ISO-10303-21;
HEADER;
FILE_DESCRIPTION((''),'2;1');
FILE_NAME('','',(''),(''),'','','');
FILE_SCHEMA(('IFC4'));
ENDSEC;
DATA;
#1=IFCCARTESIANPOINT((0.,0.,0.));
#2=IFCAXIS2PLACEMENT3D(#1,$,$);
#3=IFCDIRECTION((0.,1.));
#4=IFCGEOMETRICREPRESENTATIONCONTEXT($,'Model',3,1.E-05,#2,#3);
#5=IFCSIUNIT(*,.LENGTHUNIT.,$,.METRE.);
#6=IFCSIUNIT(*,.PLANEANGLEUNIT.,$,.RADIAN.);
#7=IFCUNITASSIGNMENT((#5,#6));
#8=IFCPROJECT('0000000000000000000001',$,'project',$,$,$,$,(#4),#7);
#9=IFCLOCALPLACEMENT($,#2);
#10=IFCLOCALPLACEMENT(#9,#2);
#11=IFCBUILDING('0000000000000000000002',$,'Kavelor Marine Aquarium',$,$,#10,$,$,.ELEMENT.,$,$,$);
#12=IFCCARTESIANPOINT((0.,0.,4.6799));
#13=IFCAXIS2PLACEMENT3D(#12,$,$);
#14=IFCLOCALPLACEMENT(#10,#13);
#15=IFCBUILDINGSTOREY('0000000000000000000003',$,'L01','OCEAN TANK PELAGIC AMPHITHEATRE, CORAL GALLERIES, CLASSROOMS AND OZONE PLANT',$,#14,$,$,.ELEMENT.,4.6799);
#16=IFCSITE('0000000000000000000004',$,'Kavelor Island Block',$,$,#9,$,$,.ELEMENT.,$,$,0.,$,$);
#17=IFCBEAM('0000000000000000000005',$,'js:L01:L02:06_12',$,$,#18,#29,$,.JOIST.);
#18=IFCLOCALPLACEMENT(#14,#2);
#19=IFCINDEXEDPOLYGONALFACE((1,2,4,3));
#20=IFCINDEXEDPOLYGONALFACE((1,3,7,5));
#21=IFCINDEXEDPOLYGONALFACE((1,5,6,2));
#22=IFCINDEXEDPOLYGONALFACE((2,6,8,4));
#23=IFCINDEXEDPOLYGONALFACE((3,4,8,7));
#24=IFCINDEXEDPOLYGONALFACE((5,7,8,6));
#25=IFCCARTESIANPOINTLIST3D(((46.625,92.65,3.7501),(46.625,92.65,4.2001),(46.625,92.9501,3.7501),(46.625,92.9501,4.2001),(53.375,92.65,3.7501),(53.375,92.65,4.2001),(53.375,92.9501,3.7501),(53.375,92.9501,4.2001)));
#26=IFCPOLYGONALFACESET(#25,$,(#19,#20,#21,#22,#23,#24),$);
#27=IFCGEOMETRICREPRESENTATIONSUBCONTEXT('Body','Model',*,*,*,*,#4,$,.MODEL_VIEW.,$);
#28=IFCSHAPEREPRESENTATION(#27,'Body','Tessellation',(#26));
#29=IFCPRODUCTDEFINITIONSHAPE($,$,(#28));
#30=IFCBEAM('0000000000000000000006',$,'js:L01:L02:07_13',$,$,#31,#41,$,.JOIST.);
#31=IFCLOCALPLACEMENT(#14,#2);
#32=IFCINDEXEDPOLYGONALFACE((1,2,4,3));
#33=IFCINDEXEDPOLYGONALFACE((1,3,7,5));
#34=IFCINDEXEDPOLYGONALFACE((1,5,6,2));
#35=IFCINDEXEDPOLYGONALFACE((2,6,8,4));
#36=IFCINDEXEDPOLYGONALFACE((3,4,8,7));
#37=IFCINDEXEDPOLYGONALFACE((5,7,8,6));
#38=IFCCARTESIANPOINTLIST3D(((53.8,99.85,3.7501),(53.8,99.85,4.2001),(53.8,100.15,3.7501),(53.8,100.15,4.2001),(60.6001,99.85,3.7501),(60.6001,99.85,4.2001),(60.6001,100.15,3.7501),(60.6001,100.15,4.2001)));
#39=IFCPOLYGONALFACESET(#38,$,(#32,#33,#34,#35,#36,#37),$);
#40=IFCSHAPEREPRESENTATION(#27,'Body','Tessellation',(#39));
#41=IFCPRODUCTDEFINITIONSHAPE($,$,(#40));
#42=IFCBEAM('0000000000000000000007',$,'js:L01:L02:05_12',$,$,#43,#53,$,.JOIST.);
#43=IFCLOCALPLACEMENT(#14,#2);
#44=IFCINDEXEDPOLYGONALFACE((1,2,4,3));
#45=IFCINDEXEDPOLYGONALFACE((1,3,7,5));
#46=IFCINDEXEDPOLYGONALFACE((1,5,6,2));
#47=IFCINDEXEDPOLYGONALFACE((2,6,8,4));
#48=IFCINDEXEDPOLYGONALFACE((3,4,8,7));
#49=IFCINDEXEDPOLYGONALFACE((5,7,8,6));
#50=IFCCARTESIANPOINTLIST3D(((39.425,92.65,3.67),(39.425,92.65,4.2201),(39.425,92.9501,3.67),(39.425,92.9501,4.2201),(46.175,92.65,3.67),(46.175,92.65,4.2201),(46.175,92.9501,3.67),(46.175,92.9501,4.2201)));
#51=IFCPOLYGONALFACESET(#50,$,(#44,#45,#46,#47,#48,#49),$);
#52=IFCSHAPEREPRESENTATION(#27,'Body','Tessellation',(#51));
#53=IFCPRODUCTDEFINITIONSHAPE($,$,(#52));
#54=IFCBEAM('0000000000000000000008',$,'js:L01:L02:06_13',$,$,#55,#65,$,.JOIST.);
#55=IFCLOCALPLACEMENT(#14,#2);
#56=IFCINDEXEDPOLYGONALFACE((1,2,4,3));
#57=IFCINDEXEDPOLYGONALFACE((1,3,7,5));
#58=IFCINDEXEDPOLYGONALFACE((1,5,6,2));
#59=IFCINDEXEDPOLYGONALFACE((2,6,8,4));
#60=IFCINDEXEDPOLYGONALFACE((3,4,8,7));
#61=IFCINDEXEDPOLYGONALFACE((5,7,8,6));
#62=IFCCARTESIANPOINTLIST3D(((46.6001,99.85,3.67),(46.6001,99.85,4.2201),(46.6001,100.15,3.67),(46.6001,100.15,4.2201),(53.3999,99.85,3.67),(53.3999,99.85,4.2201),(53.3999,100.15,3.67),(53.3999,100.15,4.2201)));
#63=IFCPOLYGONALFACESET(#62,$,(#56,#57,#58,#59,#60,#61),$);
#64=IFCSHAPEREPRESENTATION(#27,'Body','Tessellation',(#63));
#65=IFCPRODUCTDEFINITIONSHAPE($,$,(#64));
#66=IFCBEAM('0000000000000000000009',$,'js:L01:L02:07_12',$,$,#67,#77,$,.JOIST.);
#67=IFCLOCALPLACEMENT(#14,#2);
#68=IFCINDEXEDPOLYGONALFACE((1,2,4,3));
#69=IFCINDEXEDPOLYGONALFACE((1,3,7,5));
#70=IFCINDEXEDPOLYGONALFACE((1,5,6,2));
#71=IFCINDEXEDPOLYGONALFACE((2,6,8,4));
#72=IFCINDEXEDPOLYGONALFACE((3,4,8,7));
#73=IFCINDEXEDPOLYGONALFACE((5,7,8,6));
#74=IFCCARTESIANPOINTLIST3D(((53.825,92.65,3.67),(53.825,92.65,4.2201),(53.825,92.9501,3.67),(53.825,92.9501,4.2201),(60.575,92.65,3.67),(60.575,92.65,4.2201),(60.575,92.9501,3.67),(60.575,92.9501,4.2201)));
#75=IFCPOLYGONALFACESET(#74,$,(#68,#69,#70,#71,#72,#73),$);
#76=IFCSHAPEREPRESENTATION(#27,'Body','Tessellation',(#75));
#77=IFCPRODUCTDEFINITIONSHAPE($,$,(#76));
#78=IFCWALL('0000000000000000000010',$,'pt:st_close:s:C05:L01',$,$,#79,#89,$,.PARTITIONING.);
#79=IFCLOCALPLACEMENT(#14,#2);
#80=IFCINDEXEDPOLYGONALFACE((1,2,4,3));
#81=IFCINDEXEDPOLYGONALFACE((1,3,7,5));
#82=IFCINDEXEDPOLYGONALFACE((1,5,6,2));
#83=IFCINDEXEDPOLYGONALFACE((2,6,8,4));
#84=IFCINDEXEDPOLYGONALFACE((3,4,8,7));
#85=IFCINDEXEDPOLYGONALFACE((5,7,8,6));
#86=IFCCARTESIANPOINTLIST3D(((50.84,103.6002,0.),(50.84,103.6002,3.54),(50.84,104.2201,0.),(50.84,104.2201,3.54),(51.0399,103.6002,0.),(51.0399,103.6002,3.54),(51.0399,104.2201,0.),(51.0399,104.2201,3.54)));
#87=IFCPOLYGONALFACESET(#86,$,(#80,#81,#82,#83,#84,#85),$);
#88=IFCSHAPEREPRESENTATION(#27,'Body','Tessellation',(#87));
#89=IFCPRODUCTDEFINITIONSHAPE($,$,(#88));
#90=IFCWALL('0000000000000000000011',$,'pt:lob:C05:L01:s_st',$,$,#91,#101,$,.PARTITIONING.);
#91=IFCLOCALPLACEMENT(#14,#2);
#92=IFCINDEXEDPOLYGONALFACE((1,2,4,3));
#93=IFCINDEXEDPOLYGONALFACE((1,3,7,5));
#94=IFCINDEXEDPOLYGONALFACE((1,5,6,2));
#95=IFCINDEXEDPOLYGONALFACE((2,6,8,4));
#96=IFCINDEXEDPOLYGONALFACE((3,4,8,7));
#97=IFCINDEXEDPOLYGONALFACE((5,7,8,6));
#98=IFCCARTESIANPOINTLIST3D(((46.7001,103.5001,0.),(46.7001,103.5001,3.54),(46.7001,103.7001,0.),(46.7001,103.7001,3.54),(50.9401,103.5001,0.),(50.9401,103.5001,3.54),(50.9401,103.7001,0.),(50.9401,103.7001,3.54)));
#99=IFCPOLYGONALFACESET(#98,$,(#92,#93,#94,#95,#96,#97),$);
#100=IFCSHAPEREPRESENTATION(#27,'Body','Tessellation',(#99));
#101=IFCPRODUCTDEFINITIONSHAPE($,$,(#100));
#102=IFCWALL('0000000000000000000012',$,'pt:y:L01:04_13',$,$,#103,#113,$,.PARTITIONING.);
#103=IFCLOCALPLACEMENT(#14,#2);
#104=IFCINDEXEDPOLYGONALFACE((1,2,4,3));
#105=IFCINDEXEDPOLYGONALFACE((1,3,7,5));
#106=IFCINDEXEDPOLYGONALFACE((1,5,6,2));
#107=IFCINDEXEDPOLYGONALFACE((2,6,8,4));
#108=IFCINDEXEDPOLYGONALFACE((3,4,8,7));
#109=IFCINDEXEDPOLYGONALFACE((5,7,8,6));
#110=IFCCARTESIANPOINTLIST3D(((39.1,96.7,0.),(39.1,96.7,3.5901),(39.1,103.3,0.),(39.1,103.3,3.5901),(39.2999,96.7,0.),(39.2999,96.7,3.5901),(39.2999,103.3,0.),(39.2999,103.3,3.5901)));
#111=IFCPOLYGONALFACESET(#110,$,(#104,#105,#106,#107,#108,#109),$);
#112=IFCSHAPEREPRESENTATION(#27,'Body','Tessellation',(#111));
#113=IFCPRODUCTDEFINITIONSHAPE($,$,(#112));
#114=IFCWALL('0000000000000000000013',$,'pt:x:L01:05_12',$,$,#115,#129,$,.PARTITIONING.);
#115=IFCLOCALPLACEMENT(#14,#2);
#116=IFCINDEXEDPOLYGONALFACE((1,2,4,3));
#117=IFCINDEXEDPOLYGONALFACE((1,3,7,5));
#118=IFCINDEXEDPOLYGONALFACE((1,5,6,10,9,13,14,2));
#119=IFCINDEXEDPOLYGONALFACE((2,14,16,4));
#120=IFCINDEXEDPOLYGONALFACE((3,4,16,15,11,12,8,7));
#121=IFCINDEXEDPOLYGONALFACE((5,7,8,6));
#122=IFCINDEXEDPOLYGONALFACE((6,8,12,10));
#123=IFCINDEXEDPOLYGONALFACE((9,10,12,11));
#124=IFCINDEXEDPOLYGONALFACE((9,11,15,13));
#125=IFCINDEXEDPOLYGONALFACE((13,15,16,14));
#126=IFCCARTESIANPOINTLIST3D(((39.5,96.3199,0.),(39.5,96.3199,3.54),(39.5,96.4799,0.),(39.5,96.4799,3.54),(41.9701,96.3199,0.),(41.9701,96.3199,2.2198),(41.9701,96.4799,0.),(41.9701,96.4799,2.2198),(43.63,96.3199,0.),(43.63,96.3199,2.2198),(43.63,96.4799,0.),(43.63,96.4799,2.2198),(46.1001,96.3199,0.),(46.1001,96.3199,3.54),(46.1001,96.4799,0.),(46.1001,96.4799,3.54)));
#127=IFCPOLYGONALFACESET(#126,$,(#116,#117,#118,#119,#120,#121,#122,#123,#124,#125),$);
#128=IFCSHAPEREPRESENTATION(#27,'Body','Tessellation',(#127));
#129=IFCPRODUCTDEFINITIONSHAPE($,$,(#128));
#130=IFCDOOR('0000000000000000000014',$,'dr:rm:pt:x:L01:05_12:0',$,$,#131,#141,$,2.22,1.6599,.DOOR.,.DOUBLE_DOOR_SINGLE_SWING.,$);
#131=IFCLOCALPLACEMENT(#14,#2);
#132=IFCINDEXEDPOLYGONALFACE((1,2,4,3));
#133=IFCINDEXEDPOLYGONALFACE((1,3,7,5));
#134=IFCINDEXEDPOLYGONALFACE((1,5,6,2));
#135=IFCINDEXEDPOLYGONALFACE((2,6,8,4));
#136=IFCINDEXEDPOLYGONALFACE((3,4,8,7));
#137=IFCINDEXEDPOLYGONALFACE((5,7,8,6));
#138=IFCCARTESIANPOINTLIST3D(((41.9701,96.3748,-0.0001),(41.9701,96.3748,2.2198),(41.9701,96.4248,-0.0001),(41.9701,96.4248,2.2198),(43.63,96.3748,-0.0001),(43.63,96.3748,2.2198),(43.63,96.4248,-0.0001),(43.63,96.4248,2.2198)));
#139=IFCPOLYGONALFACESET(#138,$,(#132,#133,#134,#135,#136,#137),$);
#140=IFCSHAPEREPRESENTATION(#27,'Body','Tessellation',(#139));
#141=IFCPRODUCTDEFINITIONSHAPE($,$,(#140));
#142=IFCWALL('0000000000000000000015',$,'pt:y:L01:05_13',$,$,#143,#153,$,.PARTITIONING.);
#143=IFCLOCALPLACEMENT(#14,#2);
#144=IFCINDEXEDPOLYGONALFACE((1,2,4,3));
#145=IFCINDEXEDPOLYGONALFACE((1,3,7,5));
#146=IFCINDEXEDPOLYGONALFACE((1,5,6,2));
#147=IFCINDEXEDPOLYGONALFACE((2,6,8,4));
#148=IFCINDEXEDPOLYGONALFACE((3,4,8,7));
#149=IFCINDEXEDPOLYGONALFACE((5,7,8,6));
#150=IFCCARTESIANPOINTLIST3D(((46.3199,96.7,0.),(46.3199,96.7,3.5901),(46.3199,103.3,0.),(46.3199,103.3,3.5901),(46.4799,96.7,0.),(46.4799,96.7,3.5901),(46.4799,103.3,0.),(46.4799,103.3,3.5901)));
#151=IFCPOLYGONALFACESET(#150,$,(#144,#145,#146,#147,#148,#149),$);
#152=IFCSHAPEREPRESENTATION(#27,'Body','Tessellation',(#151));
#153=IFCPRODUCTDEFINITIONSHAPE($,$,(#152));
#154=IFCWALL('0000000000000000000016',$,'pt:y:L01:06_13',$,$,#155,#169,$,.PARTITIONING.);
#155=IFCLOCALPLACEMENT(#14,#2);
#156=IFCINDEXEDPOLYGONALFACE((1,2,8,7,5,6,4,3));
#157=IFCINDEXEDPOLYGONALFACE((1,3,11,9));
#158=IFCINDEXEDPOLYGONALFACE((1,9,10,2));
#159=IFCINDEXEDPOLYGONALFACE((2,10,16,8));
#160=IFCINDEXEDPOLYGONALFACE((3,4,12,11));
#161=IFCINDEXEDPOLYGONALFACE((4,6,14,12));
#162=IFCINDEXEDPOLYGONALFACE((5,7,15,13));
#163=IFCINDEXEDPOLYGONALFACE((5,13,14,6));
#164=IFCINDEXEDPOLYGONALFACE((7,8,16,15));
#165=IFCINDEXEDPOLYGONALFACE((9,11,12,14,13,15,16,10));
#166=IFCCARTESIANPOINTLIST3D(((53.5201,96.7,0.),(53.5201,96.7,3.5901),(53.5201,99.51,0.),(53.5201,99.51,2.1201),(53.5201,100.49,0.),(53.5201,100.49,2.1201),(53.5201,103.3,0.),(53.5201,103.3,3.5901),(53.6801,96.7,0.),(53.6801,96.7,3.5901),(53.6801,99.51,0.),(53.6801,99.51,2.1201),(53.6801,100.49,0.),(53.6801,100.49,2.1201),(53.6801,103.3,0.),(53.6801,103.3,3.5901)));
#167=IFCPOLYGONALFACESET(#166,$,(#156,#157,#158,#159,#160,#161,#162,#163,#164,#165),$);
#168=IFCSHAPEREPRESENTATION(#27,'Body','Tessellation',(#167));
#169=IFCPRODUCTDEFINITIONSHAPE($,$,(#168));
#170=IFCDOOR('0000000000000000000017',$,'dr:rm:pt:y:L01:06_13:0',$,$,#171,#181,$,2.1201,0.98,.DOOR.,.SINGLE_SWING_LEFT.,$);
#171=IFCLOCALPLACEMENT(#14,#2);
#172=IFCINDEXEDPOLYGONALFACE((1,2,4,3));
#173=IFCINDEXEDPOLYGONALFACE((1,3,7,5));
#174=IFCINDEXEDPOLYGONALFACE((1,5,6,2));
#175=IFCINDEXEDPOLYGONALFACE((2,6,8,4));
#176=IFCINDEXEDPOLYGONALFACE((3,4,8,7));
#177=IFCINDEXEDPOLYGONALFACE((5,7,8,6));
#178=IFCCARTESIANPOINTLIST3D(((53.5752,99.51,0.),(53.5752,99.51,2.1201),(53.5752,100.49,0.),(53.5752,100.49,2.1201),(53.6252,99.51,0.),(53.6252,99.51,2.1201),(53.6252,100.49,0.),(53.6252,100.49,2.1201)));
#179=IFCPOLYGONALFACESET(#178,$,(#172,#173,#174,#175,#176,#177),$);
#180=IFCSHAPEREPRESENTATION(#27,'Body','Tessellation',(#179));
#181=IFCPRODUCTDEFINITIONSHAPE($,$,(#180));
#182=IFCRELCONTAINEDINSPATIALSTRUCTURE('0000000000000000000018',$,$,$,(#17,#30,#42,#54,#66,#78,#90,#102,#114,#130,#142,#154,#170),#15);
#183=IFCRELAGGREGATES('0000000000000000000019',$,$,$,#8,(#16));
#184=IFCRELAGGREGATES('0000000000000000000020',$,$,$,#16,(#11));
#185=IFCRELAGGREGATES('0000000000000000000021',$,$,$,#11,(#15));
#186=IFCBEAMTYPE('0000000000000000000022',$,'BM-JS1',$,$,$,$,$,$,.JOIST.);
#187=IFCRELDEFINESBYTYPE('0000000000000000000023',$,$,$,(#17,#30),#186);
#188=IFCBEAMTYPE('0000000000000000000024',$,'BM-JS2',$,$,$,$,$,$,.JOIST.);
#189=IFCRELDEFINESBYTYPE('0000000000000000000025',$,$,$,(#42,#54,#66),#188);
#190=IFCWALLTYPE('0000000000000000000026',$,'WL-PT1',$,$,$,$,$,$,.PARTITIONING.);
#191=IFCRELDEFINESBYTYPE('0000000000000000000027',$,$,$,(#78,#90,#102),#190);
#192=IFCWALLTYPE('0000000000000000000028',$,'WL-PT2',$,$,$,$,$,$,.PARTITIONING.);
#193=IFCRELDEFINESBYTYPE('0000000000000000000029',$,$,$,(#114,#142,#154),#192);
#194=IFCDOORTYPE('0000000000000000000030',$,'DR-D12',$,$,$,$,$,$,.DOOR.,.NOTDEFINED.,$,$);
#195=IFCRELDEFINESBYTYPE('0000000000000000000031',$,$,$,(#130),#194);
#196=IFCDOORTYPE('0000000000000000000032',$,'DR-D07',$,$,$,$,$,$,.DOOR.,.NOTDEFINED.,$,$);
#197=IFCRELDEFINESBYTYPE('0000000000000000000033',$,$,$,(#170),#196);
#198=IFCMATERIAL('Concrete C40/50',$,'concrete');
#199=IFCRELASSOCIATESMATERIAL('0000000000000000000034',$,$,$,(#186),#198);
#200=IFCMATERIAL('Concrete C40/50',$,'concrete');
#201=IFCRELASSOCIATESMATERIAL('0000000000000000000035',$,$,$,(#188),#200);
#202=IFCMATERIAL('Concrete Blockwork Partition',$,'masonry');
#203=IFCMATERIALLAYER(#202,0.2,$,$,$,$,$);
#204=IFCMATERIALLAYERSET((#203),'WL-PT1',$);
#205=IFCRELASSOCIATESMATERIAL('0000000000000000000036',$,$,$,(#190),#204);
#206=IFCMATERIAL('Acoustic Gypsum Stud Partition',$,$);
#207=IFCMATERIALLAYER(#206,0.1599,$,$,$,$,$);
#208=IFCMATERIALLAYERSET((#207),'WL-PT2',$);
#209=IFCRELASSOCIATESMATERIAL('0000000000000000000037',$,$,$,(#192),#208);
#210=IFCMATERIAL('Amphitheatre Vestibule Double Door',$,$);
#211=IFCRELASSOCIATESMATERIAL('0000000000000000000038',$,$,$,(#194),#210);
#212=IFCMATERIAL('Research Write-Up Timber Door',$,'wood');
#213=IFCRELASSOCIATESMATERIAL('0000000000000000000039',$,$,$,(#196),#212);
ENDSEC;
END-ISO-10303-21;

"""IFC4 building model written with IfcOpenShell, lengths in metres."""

from ifc_helpers import new_model, si_unit, direction, frame, frame_2d, origin, origin_2d, place, context, subcontext, project, spatial, rectangle, extrude, material, layer, layer_set, material_profile, profile_set, type_object, element, fill, save


model = new_model("IFC4")

# Units and contexts
model_context = context("Model", 3, precision=1e-05, world=origin(), true_north=direction((0.0, 1.0)))
body_context = subcontext(model_context, "Body", "Model", "MODEL_VIEW")
ifc_project = project(units=[si_unit("LENGTHUNIT", "METRE"), si_unit("PLANEANGLEUNIT", "RADIAN")], contexts=[model_context])

# Site, building, storey
site_placement = place(None, origin())
site = spatial("IfcSite", under=ifc_project, at=site_placement, Name="Kavelor Island Block", CompositionType="ELEMENT", RefElevation=0.0)
building_placement = place(site_placement, origin())
building = spatial("IfcBuilding", under=site, at=building_placement, Name="Kavelor Marine Aquarium", CompositionType="ELEMENT")
storey_placement = place(building_placement, frame((0.0, 0.0, 4.6799)))
storey = spatial("IfcBuildingStorey", under=building, at=storey_placement, Name="L01", Description="OCEAN TANK PELAGIC AMPHITHEATRE, CORAL GALLERIES, CLASSROOMS AND OZONE PLANT", CompositionType="ELEMENT", Elevation=4.6799)

# Beams
ifc_material_1 = material(Name="Concrete C40/50", Category="concrete")
ifc_material_profile_1 = material_profile(ifc_material_1, rectangle(XDim=0.3, YDim=0.45, at=origin_2d()), Name="RC-JS 300x450")
ifc_profile_set_1 = profile_set([ifc_material_profile_1], Name="Concrete C40/50")
beam_type_1 = type_object("IfcBeamType", Name="BM-JS1", PredefinedType="JOIST", material=ifc_profile_set_1)
beam_1_placement = place(storey_placement, frame((46.625, 92.8, 3.9751), z_axis=(1.0, 0.0, 0.0), x_axis=(0.0, 1.0, 0.0)))
element("IfcBeam", 1, at=beam_1_placement, inside=storey, type_object=beam_type_1, Name="js:L01:L02:06_12", PredefinedType="JOIST", context=body_context, shape_type="SweptSolid", body=[
    extrude(rectangle(XDim=0.3, YDim=0.45, at=origin_2d()), origin(), (0.0, 0.0, 1.0), 6.75),
])
beam_2_placement = place(storey_placement, frame((53.8, 100.0, 3.9751), z_axis=(1.0, 0.0, 0.0), x_axis=(0.0, 1.0, 0.0)))
element("IfcBeam", 2, at=beam_2_placement, inside=storey, type_object=beam_type_1, Name="js:L01:L02:07_13", PredefinedType="JOIST", context=body_context, shape_type="SweptSolid", body=[
    extrude(rectangle(XDim=0.3, YDim=0.45, at=origin_2d()), origin(), (0.0, 0.0, 1.0), 6.8),
])
ifc_material_2 = material(Name="Concrete C40/50", Category="concrete")
ifc_material_profile_2 = material_profile(ifc_material_2, rectangle(XDim=0.3, YDim=0.55, at=origin_2d()), Name="RC-JS 300x550")
ifc_profile_set_2 = profile_set([ifc_material_profile_2], Name="Concrete C40/50")
beam_type_2 = type_object("IfcBeamType", Name="BM-JS2", PredefinedType="JOIST", material=ifc_profile_set_2)
beam_3_placement = place(storey_placement, frame((39.425, 92.8, 3.9451), z_axis=(1.0, 0.0, 0.0), x_axis=(0.0, 1.0, 0.0)))
element("IfcBeam", 3, at=beam_3_placement, inside=storey, type_object=beam_type_2, Name="js:L01:L02:05_12", PredefinedType="JOIST", context=body_context, shape_type="SweptSolid", body=[
    extrude(rectangle(XDim=0.3, YDim=0.55, at=origin_2d()), origin(), (0.0, 0.0, 1.0), 6.75),
])
beam_4_placement = place(storey_placement, frame((46.6001, 100.0, 3.9451), z_axis=(1.0, 0.0, 0.0), x_axis=(0.0, 1.0, 0.0)))
element("IfcBeam", 4, at=beam_4_placement, inside=storey, type_object=beam_type_2, Name="js:L01:L02:06_13", PredefinedType="JOIST", context=body_context, shape_type="SweptSolid", body=[
    extrude(rectangle(XDim=0.3, YDim=0.55, at=origin_2d()), origin(), (0.0, 0.0, 1.0), 6.7998),
])
beam_5_placement = place(storey_placement, frame((53.825, 92.8, 3.9451), z_axis=(1.0, 0.0, 0.0), x_axis=(0.0, 1.0, 0.0)))
element("IfcBeam", 5, at=beam_5_placement, inside=storey, type_object=beam_type_2, Name="js:L01:L02:07_12", PredefinedType="JOIST", context=body_context, shape_type="SweptSolid", body=[
    extrude(rectangle(XDim=0.3, YDim=0.55, at=origin_2d()), origin(), (0.0, 0.0, 1.0), 6.75),
])

# Walls
ifc_material_3 = material(Name="Concrete Blockwork Partition", Category="masonry")
ifc_layer_1 = layer(ifc_material_3, 0.2)
ifc_layer_set_1 = layer_set([ifc_layer_1], Name="WL-PT1")
wall_type_1 = type_object("IfcWallType", Name="WL-PT1", PredefinedType="PARTITIONING", material=ifc_layer_set_1)
wall_1_placement = place(storey_placement, frame((50.9399, 103.6001, 0.0), z_axis=(0.0, 0.0, 1.0), x_axis=(0.0, 1.0, 0.0)))
element("IfcWall", 6, at=wall_1_placement, inside=storey, type_object=wall_type_1, Name="pt:st_close:s:C05:L01", PredefinedType="PARTITIONING", context=body_context, shape_type="SweptSolid", body=[
    extrude(rectangle(XDim=0.6199, YDim=0.2, at=frame_2d((0.3101, 0.0))), origin(), (0.0, 0.0, 1.0), 3.54),
])
wall_2_placement = place(storey_placement, frame((46.7, 103.6001, 0.0), z_axis=(0.0, 0.0, 1.0), x_axis=(1.0, 0.0, 0.0)))
element("IfcWall", 7, at=wall_2_placement, inside=storey, type_object=wall_type_1, Name="pt:lob:C05:L01:s_st", PredefinedType="PARTITIONING", context=body_context, shape_type="SweptSolid", body=[
    extrude(rectangle(XDim=4.24, YDim=0.2, at=frame_2d((2.1201, 0.0))), origin(), (0.0, 0.0, 1.0), 3.54),
])

# Wall
wall_3_placement = place(storey_placement, frame((39.2, 96.7, 0.0), z_axis=(0.0, 0.0, 1.0), x_axis=(0.0, 1.0, 0.0)))
element("IfcWall", 8, at=wall_3_placement, inside=storey, type_object=wall_type_1, Name="pt:y:L01:04_13", PredefinedType="PARTITIONING", context=body_context, shape_type="SweptSolid", body=[
    extrude(rectangle(XDim=6.6001, YDim=0.2, at=frame_2d((3.3, 0.0))), origin(), (0.0, 0.0, 1.0), 3.5901),
])

# Wall, opening, door
ifc_material_4 = material(Name="Acoustic Gypsum Stud Partition")
ifc_layer_2 = layer(ifc_material_4, 0.1599)
ifc_layer_set_2 = layer_set([ifc_layer_2], Name="WL-PT2")
wall_type_2 = type_object("IfcWallType", Name="WL-PT2", PredefinedType="PARTITIONING", material=ifc_layer_set_2)
wall_4_placement = place(storey_placement, frame((39.5, 96.3999, 0.0), z_axis=(0.0, 0.0, 1.0), x_axis=(1.0, 0.0, 0.0)))
wall_4 = element("IfcWall", 9, at=wall_4_placement, inside=storey, type_object=wall_type_2, Name="pt:x:L01:05_12", PredefinedType="PARTITIONING", context=body_context, shape_type="SweptSolid", body=[
    extrude(rectangle(XDim=6.6001, YDim=0.1599, at=frame_2d((3.3, 0.0))), origin(), (0.0, 0.0, 1.0), 3.54),
])
opening_1_placement = place(wall_4_placement, frame((2.47, 0.0, 0.0)))
opening_1 = element("IfcOpeningElement", 10, at=opening_1_placement, cuts=wall_4, PredefinedType="OPENING", context=body_context, shape_type="SweptSolid", body=[
    extrude(rectangle(XDim=1.6599, YDim=2.22, at=frame_2d((0.8301, 1.1099))), frame((0.0, 0.0898, 0.0), z_axis=(0.0, -1.0, 0.0), x_axis=(1.0, 0.0, 0.0)), (0.0, 0.0, 1.0), 0.1799),
])
ifc_material_5 = material(Name="Amphitheatre Vestibule Double Door")
door_type_1 = type_object("IfcDoorType", Name="DR-D12", OperationType="NOTDEFINED", PredefinedType="DOOR", material=ifc_material_5)
door_1_placement = place(opening_1_placement, origin())
door_1 = element("IfcDoor", 11, at=door_1_placement, inside=storey, type_object=door_type_1, Name="dr:rm:pt:x:L01:05_12:0", OperationType="DOUBLE_DOOR_SINGLE_SWING", OverallHeight=2.22, OverallWidth=1.6599, PredefinedType="DOOR", context=body_context, shape_type="SweptSolid", body=[
    extrude(rectangle(XDim=1.6599, YDim=2.22, at=frame_2d((0.8301, 1.1099))), frame((0.0, 0.0249, 0.0), z_axis=(0.0, -1.0, 0.0), x_axis=(1.0, 0.0, 0.0)), (0.0, 0.0, 1.0), 0.05),
])
fill(opening_1, door_1)

# Wall
wall_5_placement = place(storey_placement, frame((46.3999, 96.7, 0.0), z_axis=(0.0, 0.0, 1.0), x_axis=(0.0, 1.0, 0.0)))
element("IfcWall", 12, at=wall_5_placement, inside=storey, type_object=wall_type_2, Name="pt:y:L01:05_13", PredefinedType="PARTITIONING", context=body_context, shape_type="SweptSolid", body=[
    extrude(rectangle(XDim=6.6001, YDim=0.1599, at=frame_2d((3.3, 0.0))), origin(), (0.0, 0.0, 1.0), 3.5901),
])

# Wall, opening, door
wall_6_placement = place(storey_placement, frame((53.6001, 96.7, 0.0), z_axis=(0.0, 0.0, 1.0), x_axis=(0.0, 1.0, 0.0)))
wall_6 = element("IfcWall", 13, at=wall_6_placement, inside=storey, type_object=wall_type_2, Name="pt:y:L01:06_13", PredefinedType="PARTITIONING", context=body_context, shape_type="SweptSolid", body=[
    extrude(rectangle(XDim=6.6001, YDim=0.1599, at=frame_2d((3.3, 0.0))), origin(), (0.0, 0.0, 1.0), 3.5901),
])
opening_2_placement = place(wall_6_placement, frame((2.8101, 0.0, 0.0)))
opening_2 = element("IfcOpeningElement", 14, at=opening_2_placement, cuts=wall_6, PredefinedType="OPENING", context=body_context, shape_type="SweptSolid", body=[
    extrude(rectangle(XDim=0.98, YDim=2.1201, at=frame_2d((0.49, 1.0601))), frame((0.0, 0.0898, 0.0), z_axis=(0.0, -1.0, 0.0), x_axis=(1.0, 0.0, 0.0)), (0.0, 0.0, 1.0), 0.1799),
])
ifc_material_6 = material(Name="Research Write-Up Timber Door", Category="wood")
door_type_2 = type_object("IfcDoorType", Name="DR-D07", OperationType="NOTDEFINED", PredefinedType="DOOR", material=ifc_material_6)
door_2_placement = place(opening_2_placement, origin())
door_2 = element("IfcDoor", 15, at=door_2_placement, inside=storey, type_object=door_type_2, Name="dr:rm:pt:y:L01:06_13:0", OperationType="SINGLE_SWING_LEFT", OverallHeight=2.1201, OverallWidth=0.98, PredefinedType="DOOR", context=body_context, shape_type="SweptSolid", body=[
    extrude(rectangle(XDim=0.98, YDim=2.1201, at=frame_2d((0.49, 1.0601))), frame((0.0, 0.0249, 0.0), z_axis=(0.0, -1.0, 0.0), x_axis=(1.0, 0.0, 0.0)), (0.0, 0.0, 1.0), 0.05),
])
fill(opening_2, door_2)

save(model, "model.ifc")
